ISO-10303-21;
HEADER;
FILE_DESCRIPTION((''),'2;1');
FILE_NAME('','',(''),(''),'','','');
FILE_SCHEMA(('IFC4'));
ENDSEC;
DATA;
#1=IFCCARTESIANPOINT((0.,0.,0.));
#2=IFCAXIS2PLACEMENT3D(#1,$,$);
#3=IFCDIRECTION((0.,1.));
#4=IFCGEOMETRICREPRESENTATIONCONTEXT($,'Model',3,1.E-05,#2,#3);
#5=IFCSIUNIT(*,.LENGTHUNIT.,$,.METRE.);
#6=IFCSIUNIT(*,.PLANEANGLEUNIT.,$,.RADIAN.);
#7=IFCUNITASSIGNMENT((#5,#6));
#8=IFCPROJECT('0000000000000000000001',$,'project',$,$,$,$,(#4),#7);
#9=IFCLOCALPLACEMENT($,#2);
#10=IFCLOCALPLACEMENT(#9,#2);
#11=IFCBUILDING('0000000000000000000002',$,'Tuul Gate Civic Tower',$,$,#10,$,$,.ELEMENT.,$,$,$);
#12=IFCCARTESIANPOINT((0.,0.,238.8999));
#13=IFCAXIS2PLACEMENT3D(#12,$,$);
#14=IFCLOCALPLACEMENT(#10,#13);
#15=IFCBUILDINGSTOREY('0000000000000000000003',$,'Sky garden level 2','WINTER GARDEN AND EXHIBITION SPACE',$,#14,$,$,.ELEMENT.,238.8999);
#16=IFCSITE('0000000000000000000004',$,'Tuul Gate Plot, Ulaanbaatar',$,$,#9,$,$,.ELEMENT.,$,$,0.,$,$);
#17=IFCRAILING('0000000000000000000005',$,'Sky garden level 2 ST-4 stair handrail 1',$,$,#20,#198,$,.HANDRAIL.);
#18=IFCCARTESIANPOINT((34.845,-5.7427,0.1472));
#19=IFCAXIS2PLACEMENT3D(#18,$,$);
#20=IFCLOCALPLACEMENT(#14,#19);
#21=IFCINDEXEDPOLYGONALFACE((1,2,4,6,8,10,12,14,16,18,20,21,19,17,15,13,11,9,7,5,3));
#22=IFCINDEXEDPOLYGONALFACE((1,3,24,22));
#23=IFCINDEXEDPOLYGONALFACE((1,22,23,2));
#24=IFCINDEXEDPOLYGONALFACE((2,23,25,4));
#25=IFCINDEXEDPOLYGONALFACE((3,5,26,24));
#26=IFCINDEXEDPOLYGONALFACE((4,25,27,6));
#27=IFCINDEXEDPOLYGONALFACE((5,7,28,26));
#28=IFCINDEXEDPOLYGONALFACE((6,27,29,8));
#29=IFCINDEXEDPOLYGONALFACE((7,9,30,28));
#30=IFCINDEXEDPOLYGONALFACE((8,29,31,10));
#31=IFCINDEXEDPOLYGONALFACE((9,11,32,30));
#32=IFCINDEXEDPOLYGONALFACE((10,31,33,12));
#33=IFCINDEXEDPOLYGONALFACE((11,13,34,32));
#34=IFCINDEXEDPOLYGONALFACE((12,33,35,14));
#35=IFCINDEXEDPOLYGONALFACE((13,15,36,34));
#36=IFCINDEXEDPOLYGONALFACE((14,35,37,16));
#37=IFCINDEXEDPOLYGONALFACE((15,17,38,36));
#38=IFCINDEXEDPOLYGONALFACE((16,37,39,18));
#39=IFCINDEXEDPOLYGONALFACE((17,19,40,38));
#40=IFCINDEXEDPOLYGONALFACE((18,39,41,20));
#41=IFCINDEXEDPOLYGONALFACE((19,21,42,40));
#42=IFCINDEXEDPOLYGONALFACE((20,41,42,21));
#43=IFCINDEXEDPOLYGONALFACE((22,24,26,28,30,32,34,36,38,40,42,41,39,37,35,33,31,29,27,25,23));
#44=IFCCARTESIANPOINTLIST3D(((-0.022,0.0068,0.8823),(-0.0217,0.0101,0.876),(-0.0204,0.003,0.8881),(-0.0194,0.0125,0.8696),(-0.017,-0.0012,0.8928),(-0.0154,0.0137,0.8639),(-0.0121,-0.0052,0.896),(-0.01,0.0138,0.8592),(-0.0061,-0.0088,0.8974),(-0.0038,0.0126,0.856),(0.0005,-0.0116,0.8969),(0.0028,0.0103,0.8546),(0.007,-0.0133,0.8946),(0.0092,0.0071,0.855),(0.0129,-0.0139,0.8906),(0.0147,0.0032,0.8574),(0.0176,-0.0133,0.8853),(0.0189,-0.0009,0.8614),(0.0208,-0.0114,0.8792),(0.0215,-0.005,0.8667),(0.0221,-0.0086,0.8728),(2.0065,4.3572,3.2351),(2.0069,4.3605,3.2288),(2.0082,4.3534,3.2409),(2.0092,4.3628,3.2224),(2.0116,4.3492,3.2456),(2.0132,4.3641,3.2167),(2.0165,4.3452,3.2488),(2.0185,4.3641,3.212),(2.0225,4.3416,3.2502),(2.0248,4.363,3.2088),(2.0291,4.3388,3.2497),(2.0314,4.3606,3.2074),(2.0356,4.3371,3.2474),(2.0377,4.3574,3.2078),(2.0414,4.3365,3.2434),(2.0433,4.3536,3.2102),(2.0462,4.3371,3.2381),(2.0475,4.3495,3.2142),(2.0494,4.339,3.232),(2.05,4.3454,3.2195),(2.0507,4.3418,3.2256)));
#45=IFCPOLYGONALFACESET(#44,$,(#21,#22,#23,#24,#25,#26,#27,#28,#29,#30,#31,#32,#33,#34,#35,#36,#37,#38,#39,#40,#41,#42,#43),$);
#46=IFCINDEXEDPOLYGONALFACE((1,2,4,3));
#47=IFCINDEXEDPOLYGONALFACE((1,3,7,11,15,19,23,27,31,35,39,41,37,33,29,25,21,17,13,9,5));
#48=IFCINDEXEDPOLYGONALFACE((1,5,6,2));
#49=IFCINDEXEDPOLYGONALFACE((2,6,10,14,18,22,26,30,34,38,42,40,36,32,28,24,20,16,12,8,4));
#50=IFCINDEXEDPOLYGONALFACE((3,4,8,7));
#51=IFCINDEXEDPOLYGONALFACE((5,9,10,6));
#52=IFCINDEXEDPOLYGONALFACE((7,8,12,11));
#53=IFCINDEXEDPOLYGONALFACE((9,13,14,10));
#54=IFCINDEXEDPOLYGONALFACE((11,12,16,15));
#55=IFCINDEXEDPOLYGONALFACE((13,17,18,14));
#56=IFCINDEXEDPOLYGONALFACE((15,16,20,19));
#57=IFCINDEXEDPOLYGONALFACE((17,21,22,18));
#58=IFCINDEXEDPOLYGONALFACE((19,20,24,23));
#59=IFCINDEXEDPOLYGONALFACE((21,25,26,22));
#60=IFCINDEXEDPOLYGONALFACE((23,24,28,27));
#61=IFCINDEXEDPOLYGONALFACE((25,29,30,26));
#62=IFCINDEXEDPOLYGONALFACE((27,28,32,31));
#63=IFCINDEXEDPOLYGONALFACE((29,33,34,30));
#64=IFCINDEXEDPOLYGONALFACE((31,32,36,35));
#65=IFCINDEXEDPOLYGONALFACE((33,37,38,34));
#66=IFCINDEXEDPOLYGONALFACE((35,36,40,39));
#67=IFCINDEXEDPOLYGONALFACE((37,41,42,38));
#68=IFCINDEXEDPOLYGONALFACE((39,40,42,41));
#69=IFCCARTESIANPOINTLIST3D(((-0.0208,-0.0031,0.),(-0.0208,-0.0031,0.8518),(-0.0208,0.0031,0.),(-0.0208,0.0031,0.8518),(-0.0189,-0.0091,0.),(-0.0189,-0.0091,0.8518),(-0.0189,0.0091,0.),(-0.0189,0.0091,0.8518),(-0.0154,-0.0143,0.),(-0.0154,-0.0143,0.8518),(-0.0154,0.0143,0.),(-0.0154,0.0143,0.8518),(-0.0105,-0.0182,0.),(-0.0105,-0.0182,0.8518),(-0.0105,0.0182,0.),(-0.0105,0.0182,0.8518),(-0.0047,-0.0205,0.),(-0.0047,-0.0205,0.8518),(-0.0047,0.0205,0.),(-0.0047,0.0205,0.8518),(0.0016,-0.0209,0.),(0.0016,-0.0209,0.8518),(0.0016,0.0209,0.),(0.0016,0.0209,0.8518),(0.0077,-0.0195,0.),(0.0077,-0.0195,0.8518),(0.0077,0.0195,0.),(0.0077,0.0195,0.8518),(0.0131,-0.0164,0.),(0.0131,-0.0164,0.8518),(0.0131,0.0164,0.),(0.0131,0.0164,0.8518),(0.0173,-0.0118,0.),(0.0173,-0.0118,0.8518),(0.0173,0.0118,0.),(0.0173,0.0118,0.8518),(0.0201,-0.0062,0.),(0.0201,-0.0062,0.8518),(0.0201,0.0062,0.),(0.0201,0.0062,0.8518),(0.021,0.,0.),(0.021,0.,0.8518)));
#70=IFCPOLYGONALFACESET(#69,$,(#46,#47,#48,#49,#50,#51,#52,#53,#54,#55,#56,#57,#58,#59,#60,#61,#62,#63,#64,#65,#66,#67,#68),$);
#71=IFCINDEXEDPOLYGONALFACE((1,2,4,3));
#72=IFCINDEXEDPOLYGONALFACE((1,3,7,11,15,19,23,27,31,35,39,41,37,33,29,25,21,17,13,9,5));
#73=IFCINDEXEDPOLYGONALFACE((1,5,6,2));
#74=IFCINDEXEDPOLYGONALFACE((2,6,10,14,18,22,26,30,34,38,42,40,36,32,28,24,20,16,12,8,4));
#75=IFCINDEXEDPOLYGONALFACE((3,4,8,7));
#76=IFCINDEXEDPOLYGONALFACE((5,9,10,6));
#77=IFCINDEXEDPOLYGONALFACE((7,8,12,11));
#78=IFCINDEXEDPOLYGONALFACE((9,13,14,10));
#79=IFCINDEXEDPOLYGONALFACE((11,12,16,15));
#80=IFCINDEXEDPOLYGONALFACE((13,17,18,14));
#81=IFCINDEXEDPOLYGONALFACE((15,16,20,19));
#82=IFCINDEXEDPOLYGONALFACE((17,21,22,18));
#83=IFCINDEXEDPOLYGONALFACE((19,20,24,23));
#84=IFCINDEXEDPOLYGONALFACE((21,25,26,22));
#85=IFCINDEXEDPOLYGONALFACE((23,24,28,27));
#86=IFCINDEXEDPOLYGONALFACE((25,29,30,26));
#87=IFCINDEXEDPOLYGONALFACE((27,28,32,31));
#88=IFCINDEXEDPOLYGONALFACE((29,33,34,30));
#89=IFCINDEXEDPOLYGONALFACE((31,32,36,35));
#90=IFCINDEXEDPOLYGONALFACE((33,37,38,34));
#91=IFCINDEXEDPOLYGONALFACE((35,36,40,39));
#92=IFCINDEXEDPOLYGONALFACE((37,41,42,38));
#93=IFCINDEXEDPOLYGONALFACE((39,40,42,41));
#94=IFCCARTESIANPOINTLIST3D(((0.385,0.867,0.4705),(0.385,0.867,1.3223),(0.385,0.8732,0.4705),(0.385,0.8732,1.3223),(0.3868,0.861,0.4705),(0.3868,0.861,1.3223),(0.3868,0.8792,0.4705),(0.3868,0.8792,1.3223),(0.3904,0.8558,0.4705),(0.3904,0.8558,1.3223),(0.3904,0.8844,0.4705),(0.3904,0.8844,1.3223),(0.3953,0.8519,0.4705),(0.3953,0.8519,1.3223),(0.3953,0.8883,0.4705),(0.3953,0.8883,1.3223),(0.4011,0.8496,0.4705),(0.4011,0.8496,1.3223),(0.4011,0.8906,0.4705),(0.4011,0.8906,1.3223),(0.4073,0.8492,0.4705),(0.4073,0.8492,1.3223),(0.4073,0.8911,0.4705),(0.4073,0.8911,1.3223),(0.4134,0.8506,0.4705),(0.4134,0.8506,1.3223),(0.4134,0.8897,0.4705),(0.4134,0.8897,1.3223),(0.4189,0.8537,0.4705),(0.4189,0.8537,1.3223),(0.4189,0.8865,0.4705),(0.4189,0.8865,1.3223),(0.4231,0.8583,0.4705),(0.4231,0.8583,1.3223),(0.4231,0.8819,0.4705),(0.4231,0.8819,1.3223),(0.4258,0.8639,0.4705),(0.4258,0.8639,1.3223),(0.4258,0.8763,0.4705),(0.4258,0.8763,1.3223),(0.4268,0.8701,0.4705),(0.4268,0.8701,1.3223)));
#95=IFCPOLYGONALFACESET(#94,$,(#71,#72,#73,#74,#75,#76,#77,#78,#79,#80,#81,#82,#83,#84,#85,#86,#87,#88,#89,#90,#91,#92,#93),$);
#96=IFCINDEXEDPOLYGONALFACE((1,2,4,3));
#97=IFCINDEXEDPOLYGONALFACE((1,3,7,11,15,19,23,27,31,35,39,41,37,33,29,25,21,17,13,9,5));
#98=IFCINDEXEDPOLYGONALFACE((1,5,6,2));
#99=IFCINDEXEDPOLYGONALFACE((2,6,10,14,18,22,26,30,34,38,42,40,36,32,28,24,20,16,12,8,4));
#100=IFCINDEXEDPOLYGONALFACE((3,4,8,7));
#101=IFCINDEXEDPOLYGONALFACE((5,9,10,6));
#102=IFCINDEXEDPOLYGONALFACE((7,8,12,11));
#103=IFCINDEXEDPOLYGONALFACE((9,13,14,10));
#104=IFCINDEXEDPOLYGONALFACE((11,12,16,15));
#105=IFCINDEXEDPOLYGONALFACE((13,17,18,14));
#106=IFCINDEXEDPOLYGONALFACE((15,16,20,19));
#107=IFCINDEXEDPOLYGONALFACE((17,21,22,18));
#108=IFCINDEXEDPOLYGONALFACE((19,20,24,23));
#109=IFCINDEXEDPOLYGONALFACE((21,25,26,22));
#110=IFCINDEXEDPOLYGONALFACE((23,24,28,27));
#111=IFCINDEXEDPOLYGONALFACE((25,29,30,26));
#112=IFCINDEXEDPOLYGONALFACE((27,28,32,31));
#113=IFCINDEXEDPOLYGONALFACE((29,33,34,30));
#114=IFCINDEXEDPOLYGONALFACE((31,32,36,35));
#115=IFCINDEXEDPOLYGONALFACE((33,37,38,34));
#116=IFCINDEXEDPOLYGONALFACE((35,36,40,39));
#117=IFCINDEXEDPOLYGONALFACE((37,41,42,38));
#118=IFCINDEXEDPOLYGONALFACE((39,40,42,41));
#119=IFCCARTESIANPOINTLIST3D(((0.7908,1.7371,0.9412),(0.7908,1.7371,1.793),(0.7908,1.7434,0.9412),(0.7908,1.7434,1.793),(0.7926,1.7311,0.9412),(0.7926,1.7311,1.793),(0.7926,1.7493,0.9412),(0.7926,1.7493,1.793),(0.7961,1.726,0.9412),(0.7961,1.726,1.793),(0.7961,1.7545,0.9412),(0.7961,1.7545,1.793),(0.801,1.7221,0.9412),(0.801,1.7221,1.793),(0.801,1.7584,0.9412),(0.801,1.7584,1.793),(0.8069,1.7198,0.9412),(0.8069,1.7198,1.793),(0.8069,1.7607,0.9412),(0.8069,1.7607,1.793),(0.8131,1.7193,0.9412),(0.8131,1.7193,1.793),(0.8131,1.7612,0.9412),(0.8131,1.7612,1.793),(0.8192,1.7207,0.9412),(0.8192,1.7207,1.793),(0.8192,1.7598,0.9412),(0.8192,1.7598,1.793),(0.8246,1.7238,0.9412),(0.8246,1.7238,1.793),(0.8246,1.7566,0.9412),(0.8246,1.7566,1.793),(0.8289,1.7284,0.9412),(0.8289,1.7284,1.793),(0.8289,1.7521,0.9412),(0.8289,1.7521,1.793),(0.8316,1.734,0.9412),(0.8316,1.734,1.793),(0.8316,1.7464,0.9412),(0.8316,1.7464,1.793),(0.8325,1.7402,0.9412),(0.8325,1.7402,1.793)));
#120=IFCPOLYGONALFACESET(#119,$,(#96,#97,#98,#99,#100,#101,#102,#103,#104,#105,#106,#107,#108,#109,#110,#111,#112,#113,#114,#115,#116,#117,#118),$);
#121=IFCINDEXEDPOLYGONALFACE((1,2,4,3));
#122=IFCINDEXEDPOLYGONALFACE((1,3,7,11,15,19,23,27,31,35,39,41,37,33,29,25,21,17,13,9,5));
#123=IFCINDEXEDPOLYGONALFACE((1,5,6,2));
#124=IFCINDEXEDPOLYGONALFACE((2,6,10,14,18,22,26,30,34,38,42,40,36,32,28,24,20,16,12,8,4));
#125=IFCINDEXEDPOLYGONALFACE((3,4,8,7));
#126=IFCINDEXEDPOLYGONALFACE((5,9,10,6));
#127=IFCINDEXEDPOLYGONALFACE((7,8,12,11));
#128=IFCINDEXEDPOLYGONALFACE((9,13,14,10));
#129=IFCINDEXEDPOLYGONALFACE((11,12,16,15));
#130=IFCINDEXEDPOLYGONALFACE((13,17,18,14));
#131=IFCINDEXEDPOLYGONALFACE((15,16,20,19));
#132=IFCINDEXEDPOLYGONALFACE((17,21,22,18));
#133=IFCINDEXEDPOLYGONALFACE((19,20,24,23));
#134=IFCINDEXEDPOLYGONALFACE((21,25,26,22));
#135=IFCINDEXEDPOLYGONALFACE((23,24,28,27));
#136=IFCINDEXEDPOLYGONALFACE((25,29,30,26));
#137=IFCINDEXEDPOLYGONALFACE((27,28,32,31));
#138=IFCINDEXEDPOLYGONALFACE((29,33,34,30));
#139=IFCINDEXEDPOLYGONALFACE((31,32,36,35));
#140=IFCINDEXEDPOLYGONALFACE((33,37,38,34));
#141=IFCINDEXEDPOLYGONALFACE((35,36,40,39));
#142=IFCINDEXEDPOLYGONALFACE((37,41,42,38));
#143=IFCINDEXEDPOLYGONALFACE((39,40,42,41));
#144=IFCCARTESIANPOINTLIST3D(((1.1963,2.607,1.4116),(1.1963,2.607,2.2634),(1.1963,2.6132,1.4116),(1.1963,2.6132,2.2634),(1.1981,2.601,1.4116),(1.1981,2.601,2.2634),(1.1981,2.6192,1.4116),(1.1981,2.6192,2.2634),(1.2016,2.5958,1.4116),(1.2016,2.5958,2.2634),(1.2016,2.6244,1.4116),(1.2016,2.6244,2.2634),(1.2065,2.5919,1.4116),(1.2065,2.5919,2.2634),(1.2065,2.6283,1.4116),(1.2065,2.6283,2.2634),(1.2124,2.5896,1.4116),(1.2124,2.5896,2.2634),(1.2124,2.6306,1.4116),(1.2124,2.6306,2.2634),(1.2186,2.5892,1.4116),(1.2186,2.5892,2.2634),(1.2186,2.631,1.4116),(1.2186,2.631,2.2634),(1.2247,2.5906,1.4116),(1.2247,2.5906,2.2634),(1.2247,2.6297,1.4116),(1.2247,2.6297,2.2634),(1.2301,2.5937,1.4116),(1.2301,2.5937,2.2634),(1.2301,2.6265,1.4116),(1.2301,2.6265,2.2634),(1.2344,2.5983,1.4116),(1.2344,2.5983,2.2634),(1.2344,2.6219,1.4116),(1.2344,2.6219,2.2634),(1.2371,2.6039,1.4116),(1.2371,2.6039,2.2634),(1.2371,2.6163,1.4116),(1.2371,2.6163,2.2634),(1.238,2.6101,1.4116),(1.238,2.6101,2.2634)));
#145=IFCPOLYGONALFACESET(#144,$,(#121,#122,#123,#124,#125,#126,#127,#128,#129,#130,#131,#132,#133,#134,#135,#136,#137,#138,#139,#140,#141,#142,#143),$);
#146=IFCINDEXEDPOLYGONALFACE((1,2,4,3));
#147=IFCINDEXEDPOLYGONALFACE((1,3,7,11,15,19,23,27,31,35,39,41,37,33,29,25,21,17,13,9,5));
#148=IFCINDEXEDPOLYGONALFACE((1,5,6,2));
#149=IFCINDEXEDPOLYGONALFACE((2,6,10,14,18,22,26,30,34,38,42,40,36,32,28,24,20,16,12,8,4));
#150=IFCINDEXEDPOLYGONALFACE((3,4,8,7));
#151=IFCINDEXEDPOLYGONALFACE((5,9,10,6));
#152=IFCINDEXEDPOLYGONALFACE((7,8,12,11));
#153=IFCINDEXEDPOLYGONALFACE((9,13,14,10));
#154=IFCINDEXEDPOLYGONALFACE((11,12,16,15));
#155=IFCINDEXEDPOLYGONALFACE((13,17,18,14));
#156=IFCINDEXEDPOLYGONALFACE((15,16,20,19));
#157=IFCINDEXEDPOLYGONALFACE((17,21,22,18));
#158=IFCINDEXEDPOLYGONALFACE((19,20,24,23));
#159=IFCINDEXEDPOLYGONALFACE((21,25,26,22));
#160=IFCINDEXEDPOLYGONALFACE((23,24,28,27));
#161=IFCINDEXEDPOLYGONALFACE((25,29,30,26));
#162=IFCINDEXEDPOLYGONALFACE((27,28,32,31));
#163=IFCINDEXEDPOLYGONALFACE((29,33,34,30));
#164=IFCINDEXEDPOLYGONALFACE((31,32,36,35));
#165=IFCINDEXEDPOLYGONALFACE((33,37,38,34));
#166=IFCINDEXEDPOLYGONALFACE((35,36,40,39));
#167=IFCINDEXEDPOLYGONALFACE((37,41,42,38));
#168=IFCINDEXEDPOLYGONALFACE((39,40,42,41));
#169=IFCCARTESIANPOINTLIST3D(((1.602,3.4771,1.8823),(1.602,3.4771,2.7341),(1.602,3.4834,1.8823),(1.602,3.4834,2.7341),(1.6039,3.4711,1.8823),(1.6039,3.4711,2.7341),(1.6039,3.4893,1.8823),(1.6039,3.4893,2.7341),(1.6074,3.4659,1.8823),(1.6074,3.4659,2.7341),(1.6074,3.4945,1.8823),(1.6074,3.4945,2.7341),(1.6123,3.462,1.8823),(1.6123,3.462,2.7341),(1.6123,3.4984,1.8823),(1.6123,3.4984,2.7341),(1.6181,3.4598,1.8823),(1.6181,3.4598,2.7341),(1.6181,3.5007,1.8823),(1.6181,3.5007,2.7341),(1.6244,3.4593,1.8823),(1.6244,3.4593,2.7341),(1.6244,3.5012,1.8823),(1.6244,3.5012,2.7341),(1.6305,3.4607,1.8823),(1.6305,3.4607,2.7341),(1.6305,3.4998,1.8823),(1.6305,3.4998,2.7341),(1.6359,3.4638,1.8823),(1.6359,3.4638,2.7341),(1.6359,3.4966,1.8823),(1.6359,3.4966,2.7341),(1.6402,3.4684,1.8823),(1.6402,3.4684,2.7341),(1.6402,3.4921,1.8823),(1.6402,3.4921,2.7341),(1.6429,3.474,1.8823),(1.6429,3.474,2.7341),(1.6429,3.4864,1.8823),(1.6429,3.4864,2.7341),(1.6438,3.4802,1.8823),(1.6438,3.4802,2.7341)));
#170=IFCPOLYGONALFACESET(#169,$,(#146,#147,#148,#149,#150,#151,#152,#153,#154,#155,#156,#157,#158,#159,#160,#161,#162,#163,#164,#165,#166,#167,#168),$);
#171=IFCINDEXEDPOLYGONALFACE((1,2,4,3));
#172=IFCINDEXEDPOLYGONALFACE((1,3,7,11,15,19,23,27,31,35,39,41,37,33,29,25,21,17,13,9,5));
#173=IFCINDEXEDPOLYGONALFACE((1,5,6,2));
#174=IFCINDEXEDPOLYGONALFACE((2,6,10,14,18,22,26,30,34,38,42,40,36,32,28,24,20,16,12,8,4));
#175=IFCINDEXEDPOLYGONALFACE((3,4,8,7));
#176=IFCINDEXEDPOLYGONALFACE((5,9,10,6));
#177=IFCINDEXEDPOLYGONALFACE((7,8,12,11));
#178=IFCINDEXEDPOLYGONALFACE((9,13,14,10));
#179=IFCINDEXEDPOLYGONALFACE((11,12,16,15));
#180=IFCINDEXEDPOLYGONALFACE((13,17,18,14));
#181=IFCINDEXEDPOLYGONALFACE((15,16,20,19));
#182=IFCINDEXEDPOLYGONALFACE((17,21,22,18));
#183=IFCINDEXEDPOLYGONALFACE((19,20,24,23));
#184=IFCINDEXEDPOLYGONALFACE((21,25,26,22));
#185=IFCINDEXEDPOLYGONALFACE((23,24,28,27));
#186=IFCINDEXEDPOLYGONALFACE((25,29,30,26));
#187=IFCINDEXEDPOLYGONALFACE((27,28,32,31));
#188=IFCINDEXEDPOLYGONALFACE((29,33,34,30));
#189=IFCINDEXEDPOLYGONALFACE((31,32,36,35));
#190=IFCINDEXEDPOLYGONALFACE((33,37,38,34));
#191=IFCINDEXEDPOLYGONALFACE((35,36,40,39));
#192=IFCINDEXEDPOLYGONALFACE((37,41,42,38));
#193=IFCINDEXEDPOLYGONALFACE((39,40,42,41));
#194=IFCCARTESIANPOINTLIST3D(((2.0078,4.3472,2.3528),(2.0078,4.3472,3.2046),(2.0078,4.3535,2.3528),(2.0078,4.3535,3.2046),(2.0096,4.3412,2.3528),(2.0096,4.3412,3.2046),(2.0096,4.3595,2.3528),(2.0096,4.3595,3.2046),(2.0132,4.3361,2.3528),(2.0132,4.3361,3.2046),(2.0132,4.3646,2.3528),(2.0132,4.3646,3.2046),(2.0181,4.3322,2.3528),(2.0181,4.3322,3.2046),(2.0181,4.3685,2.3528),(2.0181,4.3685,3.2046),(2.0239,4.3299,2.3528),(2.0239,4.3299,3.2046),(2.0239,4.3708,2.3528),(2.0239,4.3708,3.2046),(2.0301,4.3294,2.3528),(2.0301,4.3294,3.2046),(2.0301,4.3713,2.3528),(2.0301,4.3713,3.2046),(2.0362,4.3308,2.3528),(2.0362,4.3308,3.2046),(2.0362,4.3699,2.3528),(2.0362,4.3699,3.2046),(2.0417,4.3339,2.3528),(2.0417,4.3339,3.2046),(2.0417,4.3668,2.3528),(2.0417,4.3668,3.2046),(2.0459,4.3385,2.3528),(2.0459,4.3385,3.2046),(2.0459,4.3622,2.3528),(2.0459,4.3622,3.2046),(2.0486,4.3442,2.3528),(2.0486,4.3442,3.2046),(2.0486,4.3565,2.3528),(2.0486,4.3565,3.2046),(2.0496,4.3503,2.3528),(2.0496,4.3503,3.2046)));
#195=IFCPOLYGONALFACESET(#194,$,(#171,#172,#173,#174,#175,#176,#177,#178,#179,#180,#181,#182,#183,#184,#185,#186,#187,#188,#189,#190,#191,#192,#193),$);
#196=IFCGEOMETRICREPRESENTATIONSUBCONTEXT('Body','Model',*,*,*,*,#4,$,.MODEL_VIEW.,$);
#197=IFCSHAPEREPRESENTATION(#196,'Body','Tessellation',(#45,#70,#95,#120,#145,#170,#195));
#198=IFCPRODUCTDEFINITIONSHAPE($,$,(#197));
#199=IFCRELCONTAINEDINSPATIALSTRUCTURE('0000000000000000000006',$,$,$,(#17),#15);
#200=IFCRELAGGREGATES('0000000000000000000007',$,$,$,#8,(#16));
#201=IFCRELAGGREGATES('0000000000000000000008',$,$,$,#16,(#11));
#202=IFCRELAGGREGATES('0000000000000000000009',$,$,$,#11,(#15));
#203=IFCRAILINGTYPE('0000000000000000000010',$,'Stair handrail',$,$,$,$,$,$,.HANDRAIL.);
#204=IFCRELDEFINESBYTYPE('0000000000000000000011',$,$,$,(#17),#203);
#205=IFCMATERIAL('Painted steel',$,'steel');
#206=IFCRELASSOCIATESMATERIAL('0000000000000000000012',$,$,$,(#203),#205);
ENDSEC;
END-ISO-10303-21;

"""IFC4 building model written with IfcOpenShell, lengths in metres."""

from ifc_helpers import new_model, si_unit, direction, frame, origin, origin_2d, place, context, subcontext, project, spatial, circle, extrude, material, type_object, element, save


model = new_model("IFC4")

# Units and contexts
model_context = context("Model", 3, precision=1e-05, world=origin(), true_north=direction((0.0, 1.0)))
body_context = subcontext(model_context, "Body", "Model", "MODEL_VIEW")
ifc_project = project(units=[si_unit("LENGTHUNIT", "METRE"), si_unit("PLANEANGLEUNIT", "RADIAN")], contexts=[model_context])

# Site, building, storey
site_placement = place(None, origin())
site = spatial("IfcSite", under=ifc_project, at=site_placement, Name="Tuul Gate Plot, Ulaanbaatar", CompositionType="ELEMENT", RefElevation=0.0)
building_placement = place(site_placement, origin())
building = spatial("IfcBuilding", under=site, at=building_placement, Name="Tuul Gate Civic Tower", CompositionType="ELEMENT")
storey_placement = place(building_placement, frame((0.0, 0.0, 238.8999)))
storey = spatial("IfcBuildingStorey", under=building, at=storey_placement, Name="Sky garden level 2", Description="WINTER GARDEN AND EXHIBITION SPACE", CompositionType="ELEMENT", Elevation=238.8999)

# Railing
ifc_material_1 = material(Name="Painted steel", Category="steel")
railing_type_1 = type_object("IfcRailingType", Name="Stair handrail", PredefinedType="HANDRAIL", material=ifc_material_1)
railing_1_placement = place(storey_placement, frame((34.845, -5.7427, 0.1472)))
element("IfcRailing", 1, at=railing_1_placement, inside=storey, type_object=railing_type_1, Name="Sky garden level 2 ST-4 stair handrail 1", PredefinedType="HANDRAIL", context=body_context, shape_type="SweptSolid", body=[
    extrude(circle(Radius=0.0239, at=origin_2d()), frame((0.0, 0.0, 0.876), z_axis=(0.379478, 0.813807, 0.440129), x_axis=(-0.90631, 0.422613, 0.0)), (0.0, 0.0, 1.0), 5.3457),
    extrude(circle(Radius=0.021, at=origin_2d()), origin(), (0.0, 0.0, 1.0), 0.8518),
    extrude(circle(Radius=0.021, at=origin_2d()), frame((0.4058, 0.8701, 0.4705)), (0.0, 0.0, 1.0), 0.8518),
    extrude(circle(Radius=0.021, at=origin_2d()), frame((0.8115, 1.7402, 0.9412)), (0.0, 0.0, 1.0), 0.8518),
    extrude(circle(Radius=0.021, at=origin_2d()), frame((1.217, 2.6101, 1.4116)), (0.0, 0.0, 1.0), 0.8518),
    extrude(circle(Radius=0.021, at=origin_2d()), frame((1.6228, 3.4802, 1.8823)), (0.0, 0.0, 1.0), 0.8518),
    extrude(circle(Radius=0.021, at=origin_2d()), frame((2.0286, 4.3503, 2.3528)), (0.0, 0.0, 1.0), 0.8518),
])

save(model, "model.ifc")
